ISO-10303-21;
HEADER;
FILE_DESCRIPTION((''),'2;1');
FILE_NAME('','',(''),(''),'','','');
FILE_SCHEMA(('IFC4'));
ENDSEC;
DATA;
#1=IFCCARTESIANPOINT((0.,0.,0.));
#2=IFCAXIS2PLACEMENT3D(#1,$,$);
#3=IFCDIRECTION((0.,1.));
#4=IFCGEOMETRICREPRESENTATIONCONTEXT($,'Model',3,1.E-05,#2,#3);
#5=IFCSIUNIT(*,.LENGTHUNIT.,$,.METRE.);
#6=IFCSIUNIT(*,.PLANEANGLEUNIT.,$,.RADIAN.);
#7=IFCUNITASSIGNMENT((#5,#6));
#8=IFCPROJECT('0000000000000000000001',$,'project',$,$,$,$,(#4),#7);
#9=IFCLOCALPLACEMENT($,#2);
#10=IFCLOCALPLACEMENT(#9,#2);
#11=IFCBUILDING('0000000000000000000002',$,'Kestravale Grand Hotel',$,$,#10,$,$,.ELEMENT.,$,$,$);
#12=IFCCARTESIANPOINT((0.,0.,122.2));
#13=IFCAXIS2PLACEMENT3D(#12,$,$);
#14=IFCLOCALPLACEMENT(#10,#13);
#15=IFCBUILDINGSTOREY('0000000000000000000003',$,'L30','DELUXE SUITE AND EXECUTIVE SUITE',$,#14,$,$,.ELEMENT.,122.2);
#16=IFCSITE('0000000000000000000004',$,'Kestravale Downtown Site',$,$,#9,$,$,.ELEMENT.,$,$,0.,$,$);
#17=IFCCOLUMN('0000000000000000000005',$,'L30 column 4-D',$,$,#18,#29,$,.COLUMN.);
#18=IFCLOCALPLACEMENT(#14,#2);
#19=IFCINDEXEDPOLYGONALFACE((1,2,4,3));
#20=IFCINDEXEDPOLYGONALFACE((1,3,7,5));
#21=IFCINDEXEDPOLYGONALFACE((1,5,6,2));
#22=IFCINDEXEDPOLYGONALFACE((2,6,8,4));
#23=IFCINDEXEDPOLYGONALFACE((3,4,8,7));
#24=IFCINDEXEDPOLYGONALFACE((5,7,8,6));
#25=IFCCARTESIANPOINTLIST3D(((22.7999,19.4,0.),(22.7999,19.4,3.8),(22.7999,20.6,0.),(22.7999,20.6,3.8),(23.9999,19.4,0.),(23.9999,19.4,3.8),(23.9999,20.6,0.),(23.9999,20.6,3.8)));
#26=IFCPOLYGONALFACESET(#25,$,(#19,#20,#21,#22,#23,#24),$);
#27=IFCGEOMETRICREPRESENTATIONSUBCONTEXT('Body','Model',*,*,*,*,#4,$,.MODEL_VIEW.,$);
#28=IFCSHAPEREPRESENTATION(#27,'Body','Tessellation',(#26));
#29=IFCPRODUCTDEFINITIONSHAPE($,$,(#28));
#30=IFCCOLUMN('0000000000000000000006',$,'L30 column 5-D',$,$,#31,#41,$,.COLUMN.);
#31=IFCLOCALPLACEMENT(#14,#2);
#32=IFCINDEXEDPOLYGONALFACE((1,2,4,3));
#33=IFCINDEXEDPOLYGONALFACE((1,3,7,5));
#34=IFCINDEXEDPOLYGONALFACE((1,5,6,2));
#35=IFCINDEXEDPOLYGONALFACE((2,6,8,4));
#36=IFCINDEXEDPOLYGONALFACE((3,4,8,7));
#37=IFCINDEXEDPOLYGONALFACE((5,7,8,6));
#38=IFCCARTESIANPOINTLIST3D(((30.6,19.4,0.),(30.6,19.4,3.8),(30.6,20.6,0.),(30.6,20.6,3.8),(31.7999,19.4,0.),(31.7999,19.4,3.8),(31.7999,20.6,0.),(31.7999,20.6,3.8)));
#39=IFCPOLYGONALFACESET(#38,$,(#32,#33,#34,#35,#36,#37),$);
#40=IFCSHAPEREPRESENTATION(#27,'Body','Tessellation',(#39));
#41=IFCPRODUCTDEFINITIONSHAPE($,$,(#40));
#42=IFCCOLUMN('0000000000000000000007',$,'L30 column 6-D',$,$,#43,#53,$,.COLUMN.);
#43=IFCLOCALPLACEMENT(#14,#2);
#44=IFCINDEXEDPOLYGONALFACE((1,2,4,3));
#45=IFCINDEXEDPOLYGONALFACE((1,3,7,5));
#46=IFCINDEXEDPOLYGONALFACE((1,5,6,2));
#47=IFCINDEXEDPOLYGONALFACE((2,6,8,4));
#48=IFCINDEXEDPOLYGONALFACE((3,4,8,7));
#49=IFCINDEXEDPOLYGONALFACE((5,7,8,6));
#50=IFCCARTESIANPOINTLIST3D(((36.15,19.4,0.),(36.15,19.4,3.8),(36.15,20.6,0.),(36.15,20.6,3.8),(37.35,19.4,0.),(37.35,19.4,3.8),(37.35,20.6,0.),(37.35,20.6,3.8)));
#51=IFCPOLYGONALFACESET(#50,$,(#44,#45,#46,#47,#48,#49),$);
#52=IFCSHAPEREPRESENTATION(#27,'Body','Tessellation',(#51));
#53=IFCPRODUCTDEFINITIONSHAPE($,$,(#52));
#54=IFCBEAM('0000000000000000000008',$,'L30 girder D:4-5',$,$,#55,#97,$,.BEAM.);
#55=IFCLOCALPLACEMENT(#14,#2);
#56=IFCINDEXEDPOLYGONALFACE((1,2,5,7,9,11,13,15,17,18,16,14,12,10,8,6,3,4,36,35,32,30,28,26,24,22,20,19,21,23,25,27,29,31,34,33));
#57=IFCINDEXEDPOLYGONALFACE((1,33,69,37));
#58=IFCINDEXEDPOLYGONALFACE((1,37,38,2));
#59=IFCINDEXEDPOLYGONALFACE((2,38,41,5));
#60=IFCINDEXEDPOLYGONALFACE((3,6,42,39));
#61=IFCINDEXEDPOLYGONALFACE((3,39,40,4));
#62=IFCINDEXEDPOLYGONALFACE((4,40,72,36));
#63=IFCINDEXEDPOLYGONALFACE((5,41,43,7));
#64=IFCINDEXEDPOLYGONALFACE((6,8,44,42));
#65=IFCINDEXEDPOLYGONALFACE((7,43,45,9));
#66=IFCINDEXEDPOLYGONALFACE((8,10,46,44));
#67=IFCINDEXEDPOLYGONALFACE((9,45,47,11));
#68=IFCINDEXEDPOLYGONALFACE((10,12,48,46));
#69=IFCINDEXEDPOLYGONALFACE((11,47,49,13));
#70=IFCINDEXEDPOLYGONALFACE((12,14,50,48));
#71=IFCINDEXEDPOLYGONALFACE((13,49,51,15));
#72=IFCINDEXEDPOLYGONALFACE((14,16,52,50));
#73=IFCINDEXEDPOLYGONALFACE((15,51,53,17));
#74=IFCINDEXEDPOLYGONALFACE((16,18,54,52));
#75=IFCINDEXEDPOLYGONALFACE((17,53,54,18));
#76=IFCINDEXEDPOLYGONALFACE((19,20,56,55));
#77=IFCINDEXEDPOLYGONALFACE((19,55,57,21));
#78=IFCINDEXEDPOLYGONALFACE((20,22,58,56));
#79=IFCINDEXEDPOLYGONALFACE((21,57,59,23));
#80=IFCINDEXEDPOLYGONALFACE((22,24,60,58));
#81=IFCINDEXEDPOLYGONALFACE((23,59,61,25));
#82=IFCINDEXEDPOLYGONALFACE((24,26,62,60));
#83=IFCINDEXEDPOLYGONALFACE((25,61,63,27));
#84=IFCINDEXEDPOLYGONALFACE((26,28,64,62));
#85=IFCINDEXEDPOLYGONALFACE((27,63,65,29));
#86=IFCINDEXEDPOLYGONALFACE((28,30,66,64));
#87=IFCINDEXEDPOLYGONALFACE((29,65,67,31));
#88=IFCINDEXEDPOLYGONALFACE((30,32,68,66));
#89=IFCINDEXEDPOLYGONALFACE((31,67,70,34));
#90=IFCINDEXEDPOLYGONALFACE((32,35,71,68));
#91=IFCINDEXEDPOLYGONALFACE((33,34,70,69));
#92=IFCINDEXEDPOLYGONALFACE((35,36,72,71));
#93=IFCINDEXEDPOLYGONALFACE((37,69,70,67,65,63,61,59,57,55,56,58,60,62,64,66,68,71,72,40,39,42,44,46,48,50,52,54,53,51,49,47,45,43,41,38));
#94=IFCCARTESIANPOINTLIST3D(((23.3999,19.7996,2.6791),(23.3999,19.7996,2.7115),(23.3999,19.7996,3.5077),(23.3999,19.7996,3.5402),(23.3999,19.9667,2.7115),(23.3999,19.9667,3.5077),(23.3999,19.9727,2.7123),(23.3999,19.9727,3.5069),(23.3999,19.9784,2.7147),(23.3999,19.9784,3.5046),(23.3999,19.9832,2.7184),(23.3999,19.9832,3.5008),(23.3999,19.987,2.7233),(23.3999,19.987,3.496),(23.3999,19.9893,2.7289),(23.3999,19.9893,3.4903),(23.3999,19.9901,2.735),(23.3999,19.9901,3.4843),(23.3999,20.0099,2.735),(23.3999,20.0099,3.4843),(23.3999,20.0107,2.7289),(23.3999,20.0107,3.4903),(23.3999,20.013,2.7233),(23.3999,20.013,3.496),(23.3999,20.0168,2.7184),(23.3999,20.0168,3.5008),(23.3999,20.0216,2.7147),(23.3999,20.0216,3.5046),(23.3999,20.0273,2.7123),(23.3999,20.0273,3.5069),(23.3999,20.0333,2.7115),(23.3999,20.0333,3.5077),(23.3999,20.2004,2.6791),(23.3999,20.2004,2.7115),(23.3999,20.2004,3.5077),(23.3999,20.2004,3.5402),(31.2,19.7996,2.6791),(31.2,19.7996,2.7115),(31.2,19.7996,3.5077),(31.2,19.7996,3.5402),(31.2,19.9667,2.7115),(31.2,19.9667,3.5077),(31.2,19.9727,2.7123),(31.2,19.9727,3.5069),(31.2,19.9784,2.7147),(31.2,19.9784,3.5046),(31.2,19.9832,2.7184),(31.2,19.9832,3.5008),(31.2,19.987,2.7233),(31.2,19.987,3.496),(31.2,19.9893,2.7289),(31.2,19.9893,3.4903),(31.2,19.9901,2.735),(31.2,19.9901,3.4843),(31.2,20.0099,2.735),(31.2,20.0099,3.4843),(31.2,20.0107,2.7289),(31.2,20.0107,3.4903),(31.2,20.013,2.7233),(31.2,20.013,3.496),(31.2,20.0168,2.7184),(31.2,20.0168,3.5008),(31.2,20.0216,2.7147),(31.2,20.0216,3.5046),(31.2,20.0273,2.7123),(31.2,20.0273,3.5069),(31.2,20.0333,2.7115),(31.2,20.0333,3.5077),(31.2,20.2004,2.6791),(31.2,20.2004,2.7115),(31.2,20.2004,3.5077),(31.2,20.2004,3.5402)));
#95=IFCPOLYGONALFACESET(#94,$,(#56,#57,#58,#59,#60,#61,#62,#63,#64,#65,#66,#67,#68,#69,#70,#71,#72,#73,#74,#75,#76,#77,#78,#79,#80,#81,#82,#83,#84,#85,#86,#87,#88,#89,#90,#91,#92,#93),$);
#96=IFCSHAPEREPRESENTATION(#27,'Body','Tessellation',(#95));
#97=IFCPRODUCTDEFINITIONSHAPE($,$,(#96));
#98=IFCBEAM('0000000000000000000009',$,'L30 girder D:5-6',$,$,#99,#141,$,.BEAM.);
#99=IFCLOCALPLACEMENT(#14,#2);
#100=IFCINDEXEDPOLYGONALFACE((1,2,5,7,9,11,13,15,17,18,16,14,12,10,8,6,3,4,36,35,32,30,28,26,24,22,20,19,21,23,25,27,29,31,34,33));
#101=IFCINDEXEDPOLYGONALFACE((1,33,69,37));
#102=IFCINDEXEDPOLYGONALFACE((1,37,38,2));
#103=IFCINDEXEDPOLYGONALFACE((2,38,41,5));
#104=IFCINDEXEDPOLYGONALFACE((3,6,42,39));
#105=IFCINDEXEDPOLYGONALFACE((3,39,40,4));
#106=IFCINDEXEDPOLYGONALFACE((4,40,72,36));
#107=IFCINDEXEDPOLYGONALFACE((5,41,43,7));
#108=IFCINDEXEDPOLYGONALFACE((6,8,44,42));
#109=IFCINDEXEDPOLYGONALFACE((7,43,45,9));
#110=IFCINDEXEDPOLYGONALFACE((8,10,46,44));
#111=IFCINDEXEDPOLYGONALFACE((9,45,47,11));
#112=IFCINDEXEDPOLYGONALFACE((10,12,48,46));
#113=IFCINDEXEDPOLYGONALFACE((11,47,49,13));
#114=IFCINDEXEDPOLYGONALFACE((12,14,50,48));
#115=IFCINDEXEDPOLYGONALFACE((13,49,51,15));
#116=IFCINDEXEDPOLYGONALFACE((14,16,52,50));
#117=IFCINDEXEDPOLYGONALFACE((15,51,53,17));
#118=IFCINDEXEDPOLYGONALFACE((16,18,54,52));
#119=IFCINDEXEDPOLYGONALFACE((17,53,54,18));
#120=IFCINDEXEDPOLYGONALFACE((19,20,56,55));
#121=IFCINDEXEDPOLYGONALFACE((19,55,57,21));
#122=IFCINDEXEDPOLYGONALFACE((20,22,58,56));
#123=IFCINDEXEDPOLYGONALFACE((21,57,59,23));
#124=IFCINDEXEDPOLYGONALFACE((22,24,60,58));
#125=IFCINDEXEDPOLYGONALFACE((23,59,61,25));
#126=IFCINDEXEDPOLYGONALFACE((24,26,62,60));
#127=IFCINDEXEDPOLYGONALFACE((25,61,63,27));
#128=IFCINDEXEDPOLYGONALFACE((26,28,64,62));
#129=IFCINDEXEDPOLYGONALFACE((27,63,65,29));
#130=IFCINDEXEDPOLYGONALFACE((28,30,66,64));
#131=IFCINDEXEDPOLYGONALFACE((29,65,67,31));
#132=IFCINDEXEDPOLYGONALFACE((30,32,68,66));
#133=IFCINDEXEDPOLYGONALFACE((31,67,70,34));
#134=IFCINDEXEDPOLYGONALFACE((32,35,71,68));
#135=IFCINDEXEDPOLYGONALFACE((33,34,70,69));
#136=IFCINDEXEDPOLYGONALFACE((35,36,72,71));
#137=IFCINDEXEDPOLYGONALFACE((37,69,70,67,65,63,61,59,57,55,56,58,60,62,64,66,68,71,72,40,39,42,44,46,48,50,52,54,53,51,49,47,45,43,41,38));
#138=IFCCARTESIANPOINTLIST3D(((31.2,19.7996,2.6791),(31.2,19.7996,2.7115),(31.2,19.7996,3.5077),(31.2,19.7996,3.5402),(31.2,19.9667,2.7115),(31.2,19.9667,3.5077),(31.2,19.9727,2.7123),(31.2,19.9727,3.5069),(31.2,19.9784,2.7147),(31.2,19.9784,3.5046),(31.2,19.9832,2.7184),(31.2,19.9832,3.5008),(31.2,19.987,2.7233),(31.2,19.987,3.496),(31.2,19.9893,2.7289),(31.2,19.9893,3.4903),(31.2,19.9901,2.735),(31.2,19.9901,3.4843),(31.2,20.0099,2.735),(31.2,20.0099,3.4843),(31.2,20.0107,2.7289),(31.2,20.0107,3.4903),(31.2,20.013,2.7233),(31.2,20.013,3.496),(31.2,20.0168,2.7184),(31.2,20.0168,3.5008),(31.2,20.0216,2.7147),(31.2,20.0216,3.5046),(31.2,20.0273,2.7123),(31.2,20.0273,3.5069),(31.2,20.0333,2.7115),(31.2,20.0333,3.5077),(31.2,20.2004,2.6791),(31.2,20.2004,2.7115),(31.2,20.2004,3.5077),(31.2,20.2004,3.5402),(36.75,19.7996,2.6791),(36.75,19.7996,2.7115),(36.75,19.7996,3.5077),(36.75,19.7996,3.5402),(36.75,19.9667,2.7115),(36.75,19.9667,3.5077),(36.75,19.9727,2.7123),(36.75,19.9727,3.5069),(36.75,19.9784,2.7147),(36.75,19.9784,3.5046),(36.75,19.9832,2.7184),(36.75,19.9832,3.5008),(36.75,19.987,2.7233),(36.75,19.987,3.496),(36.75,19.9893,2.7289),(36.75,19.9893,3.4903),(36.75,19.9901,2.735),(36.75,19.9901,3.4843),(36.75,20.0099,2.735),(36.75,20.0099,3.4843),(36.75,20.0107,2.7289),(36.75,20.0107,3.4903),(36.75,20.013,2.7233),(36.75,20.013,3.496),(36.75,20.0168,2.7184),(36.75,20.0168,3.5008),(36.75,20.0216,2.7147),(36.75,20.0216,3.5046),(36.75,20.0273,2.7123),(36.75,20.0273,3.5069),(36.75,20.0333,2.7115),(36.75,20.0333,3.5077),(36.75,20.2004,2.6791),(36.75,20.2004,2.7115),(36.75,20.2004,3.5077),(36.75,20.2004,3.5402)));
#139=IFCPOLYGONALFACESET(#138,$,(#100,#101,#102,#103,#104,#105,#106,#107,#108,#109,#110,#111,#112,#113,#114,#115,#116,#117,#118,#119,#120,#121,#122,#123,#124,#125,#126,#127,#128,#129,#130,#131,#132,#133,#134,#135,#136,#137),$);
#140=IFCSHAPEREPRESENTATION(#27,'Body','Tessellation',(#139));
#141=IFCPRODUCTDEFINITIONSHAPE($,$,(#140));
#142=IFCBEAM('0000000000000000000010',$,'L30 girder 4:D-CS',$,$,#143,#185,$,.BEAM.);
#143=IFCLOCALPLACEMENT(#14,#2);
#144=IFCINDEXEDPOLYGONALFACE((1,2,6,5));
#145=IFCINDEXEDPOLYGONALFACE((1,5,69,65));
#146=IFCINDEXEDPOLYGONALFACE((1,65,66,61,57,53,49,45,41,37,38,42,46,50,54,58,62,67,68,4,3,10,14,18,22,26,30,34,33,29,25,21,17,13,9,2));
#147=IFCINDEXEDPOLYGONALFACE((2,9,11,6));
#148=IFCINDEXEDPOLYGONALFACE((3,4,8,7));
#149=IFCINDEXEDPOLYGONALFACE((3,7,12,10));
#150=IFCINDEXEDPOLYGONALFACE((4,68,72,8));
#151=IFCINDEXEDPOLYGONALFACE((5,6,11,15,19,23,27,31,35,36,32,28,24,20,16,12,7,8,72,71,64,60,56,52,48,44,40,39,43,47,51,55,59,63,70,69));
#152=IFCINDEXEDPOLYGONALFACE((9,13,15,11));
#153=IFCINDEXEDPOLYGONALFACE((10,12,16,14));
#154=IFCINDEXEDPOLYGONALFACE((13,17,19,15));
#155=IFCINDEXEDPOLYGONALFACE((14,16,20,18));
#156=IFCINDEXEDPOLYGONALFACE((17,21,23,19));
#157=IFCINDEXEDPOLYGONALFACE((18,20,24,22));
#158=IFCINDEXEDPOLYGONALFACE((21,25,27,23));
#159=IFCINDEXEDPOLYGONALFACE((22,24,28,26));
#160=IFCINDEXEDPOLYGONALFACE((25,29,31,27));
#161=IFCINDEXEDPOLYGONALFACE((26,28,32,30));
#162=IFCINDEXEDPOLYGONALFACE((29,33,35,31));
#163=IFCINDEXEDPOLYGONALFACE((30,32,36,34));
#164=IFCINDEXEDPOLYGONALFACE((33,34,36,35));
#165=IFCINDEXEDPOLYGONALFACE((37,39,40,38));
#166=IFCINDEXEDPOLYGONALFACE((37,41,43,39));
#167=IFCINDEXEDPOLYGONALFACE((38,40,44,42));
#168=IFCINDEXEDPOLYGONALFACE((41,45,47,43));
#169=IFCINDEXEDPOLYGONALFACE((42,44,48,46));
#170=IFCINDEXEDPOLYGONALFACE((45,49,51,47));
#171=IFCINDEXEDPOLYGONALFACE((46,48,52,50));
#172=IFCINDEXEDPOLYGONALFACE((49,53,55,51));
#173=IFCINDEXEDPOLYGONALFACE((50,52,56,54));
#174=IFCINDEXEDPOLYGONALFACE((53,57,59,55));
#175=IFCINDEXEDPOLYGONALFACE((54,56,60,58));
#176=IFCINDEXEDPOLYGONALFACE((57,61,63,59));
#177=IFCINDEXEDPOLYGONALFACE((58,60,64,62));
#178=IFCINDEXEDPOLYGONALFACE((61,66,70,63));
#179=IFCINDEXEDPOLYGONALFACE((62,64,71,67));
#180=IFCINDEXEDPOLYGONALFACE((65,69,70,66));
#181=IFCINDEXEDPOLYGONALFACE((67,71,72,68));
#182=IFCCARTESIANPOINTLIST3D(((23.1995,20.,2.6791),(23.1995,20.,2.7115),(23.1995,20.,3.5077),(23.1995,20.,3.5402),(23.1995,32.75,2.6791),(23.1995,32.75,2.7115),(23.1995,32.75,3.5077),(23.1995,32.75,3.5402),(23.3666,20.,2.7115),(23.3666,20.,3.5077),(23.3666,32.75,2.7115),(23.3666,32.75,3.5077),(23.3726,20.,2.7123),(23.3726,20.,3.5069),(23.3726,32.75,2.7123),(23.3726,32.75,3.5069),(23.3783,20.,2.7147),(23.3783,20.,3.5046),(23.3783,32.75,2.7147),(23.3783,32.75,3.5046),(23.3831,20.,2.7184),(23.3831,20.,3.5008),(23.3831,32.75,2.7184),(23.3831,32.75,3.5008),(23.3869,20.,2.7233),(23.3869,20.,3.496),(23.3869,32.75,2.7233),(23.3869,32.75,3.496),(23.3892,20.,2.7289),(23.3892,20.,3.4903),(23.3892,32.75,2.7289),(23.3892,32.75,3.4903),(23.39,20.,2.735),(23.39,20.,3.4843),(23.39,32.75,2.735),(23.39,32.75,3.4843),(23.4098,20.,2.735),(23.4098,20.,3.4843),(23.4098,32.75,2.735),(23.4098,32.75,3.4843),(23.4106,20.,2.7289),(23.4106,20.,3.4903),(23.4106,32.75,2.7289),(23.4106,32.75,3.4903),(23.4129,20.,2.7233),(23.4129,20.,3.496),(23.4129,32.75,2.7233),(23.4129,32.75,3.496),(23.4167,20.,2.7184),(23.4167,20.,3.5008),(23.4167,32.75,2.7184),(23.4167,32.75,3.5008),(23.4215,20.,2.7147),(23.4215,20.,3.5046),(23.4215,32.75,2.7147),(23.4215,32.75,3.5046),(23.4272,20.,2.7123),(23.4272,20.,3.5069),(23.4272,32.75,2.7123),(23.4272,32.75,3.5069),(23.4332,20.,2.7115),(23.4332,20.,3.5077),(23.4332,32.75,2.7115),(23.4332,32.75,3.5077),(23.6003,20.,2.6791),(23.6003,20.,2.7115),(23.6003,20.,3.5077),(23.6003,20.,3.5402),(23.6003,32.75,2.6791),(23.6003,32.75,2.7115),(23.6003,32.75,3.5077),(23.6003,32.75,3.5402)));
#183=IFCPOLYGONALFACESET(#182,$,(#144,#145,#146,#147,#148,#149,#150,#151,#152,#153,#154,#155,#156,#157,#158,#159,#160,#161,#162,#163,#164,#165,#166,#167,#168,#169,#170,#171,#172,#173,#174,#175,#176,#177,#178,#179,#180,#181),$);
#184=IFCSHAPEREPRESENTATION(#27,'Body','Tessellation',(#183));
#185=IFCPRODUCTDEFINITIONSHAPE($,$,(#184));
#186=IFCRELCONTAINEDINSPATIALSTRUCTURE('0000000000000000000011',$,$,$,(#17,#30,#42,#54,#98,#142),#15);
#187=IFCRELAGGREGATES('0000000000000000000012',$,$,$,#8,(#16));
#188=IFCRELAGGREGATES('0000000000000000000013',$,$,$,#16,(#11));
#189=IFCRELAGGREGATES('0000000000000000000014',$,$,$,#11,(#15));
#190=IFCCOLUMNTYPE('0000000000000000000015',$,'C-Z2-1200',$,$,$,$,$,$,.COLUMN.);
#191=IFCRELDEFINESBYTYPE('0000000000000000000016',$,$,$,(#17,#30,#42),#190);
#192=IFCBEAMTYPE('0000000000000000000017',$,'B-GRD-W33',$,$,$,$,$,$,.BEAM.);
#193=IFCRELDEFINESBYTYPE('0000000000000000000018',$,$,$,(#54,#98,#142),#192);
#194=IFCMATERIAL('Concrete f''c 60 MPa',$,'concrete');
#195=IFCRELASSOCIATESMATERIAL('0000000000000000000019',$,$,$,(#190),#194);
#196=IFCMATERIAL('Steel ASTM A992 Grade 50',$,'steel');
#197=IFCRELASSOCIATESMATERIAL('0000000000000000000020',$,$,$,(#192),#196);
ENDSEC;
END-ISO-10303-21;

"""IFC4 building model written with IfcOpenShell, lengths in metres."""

from ifc_helpers import new_model, si_unit, direction, frame, origin, origin_2d, place, context, subcontext, project, spatial, rectangle, i_section, extrude, material, material_profile, profile_set, type_object, element, save


model = new_model("IFC4")

# Units and contexts
model_context = context("Model", 3, precision=1e-05, world=origin(), true_north=direction((0.0, 1.0)))
body_context = subcontext(model_context, "Body", "Model", "MODEL_VIEW")
ifc_project = project(units=[si_unit("LENGTHUNIT", "METRE"), si_unit("PLANEANGLEUNIT", "RADIAN")], contexts=[model_context])

# Site, building, storey
site_placement = place(None, origin())
site = spatial("IfcSite", under=ifc_project, at=site_placement, Name="Kestravale Downtown Site", CompositionType="ELEMENT", RefElevation=0.0)
building_placement = place(site_placement, origin())
building = spatial("IfcBuilding", under=site, at=building_placement, Name="Kestravale Grand Hotel", CompositionType="ELEMENT")
storey_placement = place(building_placement, frame((0.0, 0.0, 122.2)))
storey = spatial("IfcBuildingStorey", under=building, at=storey_placement, Name="L30", Description="DELUXE SUITE AND EXECUTIVE SUITE", CompositionType="ELEMENT", Elevation=122.2)

# Columns
ifc_material_1 = material(Name="Concrete f'c 60 MPa", Category="concrete")
ifc_material_profile_1 = material_profile(ifc_material_1, rectangle(XDim=1.2, YDim=1.2, at=origin_2d()))
ifc_profile_set_1 = profile_set([ifc_material_profile_1], Name="Concrete f'c 60 MPa")
column_type = type_object("IfcColumnType", Name="C-Z2-1200", PredefinedType="COLUMN", material=ifc_profile_set_1)
for number, where, z_axis, x_axis, name in (
    (1, (23.3999, 20.0, 0.0), (0.0, 0.0, 1.0), (1.0, 0.0, 0.0), "L30 column 4-D"),
    (2, (31.2, 20.0, 0.0), (0.0, 0.0, 1.0), (1.0, 0.0, 0.0), "L30 column 5-D"),
    (3, (36.75, 20.0, 0.0), (0.0, 0.0, 1.0), (1.0, 0.0, 0.0), "L30 column 6-D"),
):
    element("IfcColumn", number, at=place(storey_placement, frame(where, z_axis=z_axis, x_axis=x_axis)), inside=storey, type_object=column_type, Name=name, PredefinedType="COLUMN", context=body_context, shape_type="SweptSolid", body=[
        extrude(rectangle(XDim=1.2, YDim=1.2, at=origin_2d()), origin(), (0.0, 0.0, 1.0), 3.8),
    ])

# Beams
ifc_material_2 = material(Name="Steel ASTM A992 Grade 50", Category="steel")
ifc_material_profile_2 = material_profile(ifc_material_2, i_section(OverallWidth=0.4009, OverallDepth=0.8611, WebThickness=0.0198, FlangeThickness=0.0325, FilletRadius=0.0234, at=origin_2d()))
ifc_profile_set_2 = profile_set([ifc_material_profile_2], Name="Steel ASTM A992 Grade 50")
beam_type = type_object("IfcBeamType", Name="B-GRD-W33", PredefinedType="BEAM", material=ifc_profile_set_2)
beam_1_placement = place(storey_placement, frame((23.3999, 20.0, 3.1096), z_axis=(1.0, 0.0, 0.0), x_axis=(0.0, 1.0, 0.0)))
element("IfcBeam", 4, at=beam_1_placement, inside=storey, type_object=beam_type, Name="L30 girder D:4-5", PredefinedType="BEAM", context=body_context, shape_type="SweptSolid", body=[
    extrude(i_section(OverallWidth=0.4009, OverallDepth=0.8611, WebThickness=0.0198, FlangeThickness=0.0325, FilletRadius=0.0234, at=origin_2d()), origin(), (0.0, 0.0, 1.0), 7.8),
])
beam_2_placement = place(storey_placement, frame((31.2, 20.0, 3.1096), z_axis=(1.0, 0.0, 0.0), x_axis=(0.0, 1.0, 0.0)))
element("IfcBeam", 5, at=beam_2_placement, inside=storey, type_object=beam_type, Name="L30 girder D:5-6", PredefinedType="BEAM", context=body_context, shape_type="SweptSolid", body=[
    extrude(i_section(OverallWidth=0.4009, OverallDepth=0.8611, WebThickness=0.0198, FlangeThickness=0.0325, FilletRadius=0.0234, at=origin_2d()), origin(), (0.0, 0.0, 1.0), 5.55),
])
for number, where, z_axis, x_axis, name in (
    (6, (23.3999, 20.0, 3.1096), (0.0, 1.0, 0.0), (-1.0, 0.0, 0.0), "L30 girder 4:D-CS"),
):
    element("IfcBeam", number, at=place(storey_placement, frame(where, z_axis=z_axis, x_axis=x_axis)), inside=storey, type_object=beam_type, Name=name, PredefinedType="BEAM", context=body_context, shape_type="SweptSolid", body=[
        extrude(i_section(OverallWidth=0.4009, OverallDepth=0.8611, WebThickness=0.0198, FlangeThickness=0.0325, FilletRadius=0.0234, at=origin_2d()), origin(), (0.0, 0.0, 1.0), 12.75),
    ])

save(model, "model.ifc")
